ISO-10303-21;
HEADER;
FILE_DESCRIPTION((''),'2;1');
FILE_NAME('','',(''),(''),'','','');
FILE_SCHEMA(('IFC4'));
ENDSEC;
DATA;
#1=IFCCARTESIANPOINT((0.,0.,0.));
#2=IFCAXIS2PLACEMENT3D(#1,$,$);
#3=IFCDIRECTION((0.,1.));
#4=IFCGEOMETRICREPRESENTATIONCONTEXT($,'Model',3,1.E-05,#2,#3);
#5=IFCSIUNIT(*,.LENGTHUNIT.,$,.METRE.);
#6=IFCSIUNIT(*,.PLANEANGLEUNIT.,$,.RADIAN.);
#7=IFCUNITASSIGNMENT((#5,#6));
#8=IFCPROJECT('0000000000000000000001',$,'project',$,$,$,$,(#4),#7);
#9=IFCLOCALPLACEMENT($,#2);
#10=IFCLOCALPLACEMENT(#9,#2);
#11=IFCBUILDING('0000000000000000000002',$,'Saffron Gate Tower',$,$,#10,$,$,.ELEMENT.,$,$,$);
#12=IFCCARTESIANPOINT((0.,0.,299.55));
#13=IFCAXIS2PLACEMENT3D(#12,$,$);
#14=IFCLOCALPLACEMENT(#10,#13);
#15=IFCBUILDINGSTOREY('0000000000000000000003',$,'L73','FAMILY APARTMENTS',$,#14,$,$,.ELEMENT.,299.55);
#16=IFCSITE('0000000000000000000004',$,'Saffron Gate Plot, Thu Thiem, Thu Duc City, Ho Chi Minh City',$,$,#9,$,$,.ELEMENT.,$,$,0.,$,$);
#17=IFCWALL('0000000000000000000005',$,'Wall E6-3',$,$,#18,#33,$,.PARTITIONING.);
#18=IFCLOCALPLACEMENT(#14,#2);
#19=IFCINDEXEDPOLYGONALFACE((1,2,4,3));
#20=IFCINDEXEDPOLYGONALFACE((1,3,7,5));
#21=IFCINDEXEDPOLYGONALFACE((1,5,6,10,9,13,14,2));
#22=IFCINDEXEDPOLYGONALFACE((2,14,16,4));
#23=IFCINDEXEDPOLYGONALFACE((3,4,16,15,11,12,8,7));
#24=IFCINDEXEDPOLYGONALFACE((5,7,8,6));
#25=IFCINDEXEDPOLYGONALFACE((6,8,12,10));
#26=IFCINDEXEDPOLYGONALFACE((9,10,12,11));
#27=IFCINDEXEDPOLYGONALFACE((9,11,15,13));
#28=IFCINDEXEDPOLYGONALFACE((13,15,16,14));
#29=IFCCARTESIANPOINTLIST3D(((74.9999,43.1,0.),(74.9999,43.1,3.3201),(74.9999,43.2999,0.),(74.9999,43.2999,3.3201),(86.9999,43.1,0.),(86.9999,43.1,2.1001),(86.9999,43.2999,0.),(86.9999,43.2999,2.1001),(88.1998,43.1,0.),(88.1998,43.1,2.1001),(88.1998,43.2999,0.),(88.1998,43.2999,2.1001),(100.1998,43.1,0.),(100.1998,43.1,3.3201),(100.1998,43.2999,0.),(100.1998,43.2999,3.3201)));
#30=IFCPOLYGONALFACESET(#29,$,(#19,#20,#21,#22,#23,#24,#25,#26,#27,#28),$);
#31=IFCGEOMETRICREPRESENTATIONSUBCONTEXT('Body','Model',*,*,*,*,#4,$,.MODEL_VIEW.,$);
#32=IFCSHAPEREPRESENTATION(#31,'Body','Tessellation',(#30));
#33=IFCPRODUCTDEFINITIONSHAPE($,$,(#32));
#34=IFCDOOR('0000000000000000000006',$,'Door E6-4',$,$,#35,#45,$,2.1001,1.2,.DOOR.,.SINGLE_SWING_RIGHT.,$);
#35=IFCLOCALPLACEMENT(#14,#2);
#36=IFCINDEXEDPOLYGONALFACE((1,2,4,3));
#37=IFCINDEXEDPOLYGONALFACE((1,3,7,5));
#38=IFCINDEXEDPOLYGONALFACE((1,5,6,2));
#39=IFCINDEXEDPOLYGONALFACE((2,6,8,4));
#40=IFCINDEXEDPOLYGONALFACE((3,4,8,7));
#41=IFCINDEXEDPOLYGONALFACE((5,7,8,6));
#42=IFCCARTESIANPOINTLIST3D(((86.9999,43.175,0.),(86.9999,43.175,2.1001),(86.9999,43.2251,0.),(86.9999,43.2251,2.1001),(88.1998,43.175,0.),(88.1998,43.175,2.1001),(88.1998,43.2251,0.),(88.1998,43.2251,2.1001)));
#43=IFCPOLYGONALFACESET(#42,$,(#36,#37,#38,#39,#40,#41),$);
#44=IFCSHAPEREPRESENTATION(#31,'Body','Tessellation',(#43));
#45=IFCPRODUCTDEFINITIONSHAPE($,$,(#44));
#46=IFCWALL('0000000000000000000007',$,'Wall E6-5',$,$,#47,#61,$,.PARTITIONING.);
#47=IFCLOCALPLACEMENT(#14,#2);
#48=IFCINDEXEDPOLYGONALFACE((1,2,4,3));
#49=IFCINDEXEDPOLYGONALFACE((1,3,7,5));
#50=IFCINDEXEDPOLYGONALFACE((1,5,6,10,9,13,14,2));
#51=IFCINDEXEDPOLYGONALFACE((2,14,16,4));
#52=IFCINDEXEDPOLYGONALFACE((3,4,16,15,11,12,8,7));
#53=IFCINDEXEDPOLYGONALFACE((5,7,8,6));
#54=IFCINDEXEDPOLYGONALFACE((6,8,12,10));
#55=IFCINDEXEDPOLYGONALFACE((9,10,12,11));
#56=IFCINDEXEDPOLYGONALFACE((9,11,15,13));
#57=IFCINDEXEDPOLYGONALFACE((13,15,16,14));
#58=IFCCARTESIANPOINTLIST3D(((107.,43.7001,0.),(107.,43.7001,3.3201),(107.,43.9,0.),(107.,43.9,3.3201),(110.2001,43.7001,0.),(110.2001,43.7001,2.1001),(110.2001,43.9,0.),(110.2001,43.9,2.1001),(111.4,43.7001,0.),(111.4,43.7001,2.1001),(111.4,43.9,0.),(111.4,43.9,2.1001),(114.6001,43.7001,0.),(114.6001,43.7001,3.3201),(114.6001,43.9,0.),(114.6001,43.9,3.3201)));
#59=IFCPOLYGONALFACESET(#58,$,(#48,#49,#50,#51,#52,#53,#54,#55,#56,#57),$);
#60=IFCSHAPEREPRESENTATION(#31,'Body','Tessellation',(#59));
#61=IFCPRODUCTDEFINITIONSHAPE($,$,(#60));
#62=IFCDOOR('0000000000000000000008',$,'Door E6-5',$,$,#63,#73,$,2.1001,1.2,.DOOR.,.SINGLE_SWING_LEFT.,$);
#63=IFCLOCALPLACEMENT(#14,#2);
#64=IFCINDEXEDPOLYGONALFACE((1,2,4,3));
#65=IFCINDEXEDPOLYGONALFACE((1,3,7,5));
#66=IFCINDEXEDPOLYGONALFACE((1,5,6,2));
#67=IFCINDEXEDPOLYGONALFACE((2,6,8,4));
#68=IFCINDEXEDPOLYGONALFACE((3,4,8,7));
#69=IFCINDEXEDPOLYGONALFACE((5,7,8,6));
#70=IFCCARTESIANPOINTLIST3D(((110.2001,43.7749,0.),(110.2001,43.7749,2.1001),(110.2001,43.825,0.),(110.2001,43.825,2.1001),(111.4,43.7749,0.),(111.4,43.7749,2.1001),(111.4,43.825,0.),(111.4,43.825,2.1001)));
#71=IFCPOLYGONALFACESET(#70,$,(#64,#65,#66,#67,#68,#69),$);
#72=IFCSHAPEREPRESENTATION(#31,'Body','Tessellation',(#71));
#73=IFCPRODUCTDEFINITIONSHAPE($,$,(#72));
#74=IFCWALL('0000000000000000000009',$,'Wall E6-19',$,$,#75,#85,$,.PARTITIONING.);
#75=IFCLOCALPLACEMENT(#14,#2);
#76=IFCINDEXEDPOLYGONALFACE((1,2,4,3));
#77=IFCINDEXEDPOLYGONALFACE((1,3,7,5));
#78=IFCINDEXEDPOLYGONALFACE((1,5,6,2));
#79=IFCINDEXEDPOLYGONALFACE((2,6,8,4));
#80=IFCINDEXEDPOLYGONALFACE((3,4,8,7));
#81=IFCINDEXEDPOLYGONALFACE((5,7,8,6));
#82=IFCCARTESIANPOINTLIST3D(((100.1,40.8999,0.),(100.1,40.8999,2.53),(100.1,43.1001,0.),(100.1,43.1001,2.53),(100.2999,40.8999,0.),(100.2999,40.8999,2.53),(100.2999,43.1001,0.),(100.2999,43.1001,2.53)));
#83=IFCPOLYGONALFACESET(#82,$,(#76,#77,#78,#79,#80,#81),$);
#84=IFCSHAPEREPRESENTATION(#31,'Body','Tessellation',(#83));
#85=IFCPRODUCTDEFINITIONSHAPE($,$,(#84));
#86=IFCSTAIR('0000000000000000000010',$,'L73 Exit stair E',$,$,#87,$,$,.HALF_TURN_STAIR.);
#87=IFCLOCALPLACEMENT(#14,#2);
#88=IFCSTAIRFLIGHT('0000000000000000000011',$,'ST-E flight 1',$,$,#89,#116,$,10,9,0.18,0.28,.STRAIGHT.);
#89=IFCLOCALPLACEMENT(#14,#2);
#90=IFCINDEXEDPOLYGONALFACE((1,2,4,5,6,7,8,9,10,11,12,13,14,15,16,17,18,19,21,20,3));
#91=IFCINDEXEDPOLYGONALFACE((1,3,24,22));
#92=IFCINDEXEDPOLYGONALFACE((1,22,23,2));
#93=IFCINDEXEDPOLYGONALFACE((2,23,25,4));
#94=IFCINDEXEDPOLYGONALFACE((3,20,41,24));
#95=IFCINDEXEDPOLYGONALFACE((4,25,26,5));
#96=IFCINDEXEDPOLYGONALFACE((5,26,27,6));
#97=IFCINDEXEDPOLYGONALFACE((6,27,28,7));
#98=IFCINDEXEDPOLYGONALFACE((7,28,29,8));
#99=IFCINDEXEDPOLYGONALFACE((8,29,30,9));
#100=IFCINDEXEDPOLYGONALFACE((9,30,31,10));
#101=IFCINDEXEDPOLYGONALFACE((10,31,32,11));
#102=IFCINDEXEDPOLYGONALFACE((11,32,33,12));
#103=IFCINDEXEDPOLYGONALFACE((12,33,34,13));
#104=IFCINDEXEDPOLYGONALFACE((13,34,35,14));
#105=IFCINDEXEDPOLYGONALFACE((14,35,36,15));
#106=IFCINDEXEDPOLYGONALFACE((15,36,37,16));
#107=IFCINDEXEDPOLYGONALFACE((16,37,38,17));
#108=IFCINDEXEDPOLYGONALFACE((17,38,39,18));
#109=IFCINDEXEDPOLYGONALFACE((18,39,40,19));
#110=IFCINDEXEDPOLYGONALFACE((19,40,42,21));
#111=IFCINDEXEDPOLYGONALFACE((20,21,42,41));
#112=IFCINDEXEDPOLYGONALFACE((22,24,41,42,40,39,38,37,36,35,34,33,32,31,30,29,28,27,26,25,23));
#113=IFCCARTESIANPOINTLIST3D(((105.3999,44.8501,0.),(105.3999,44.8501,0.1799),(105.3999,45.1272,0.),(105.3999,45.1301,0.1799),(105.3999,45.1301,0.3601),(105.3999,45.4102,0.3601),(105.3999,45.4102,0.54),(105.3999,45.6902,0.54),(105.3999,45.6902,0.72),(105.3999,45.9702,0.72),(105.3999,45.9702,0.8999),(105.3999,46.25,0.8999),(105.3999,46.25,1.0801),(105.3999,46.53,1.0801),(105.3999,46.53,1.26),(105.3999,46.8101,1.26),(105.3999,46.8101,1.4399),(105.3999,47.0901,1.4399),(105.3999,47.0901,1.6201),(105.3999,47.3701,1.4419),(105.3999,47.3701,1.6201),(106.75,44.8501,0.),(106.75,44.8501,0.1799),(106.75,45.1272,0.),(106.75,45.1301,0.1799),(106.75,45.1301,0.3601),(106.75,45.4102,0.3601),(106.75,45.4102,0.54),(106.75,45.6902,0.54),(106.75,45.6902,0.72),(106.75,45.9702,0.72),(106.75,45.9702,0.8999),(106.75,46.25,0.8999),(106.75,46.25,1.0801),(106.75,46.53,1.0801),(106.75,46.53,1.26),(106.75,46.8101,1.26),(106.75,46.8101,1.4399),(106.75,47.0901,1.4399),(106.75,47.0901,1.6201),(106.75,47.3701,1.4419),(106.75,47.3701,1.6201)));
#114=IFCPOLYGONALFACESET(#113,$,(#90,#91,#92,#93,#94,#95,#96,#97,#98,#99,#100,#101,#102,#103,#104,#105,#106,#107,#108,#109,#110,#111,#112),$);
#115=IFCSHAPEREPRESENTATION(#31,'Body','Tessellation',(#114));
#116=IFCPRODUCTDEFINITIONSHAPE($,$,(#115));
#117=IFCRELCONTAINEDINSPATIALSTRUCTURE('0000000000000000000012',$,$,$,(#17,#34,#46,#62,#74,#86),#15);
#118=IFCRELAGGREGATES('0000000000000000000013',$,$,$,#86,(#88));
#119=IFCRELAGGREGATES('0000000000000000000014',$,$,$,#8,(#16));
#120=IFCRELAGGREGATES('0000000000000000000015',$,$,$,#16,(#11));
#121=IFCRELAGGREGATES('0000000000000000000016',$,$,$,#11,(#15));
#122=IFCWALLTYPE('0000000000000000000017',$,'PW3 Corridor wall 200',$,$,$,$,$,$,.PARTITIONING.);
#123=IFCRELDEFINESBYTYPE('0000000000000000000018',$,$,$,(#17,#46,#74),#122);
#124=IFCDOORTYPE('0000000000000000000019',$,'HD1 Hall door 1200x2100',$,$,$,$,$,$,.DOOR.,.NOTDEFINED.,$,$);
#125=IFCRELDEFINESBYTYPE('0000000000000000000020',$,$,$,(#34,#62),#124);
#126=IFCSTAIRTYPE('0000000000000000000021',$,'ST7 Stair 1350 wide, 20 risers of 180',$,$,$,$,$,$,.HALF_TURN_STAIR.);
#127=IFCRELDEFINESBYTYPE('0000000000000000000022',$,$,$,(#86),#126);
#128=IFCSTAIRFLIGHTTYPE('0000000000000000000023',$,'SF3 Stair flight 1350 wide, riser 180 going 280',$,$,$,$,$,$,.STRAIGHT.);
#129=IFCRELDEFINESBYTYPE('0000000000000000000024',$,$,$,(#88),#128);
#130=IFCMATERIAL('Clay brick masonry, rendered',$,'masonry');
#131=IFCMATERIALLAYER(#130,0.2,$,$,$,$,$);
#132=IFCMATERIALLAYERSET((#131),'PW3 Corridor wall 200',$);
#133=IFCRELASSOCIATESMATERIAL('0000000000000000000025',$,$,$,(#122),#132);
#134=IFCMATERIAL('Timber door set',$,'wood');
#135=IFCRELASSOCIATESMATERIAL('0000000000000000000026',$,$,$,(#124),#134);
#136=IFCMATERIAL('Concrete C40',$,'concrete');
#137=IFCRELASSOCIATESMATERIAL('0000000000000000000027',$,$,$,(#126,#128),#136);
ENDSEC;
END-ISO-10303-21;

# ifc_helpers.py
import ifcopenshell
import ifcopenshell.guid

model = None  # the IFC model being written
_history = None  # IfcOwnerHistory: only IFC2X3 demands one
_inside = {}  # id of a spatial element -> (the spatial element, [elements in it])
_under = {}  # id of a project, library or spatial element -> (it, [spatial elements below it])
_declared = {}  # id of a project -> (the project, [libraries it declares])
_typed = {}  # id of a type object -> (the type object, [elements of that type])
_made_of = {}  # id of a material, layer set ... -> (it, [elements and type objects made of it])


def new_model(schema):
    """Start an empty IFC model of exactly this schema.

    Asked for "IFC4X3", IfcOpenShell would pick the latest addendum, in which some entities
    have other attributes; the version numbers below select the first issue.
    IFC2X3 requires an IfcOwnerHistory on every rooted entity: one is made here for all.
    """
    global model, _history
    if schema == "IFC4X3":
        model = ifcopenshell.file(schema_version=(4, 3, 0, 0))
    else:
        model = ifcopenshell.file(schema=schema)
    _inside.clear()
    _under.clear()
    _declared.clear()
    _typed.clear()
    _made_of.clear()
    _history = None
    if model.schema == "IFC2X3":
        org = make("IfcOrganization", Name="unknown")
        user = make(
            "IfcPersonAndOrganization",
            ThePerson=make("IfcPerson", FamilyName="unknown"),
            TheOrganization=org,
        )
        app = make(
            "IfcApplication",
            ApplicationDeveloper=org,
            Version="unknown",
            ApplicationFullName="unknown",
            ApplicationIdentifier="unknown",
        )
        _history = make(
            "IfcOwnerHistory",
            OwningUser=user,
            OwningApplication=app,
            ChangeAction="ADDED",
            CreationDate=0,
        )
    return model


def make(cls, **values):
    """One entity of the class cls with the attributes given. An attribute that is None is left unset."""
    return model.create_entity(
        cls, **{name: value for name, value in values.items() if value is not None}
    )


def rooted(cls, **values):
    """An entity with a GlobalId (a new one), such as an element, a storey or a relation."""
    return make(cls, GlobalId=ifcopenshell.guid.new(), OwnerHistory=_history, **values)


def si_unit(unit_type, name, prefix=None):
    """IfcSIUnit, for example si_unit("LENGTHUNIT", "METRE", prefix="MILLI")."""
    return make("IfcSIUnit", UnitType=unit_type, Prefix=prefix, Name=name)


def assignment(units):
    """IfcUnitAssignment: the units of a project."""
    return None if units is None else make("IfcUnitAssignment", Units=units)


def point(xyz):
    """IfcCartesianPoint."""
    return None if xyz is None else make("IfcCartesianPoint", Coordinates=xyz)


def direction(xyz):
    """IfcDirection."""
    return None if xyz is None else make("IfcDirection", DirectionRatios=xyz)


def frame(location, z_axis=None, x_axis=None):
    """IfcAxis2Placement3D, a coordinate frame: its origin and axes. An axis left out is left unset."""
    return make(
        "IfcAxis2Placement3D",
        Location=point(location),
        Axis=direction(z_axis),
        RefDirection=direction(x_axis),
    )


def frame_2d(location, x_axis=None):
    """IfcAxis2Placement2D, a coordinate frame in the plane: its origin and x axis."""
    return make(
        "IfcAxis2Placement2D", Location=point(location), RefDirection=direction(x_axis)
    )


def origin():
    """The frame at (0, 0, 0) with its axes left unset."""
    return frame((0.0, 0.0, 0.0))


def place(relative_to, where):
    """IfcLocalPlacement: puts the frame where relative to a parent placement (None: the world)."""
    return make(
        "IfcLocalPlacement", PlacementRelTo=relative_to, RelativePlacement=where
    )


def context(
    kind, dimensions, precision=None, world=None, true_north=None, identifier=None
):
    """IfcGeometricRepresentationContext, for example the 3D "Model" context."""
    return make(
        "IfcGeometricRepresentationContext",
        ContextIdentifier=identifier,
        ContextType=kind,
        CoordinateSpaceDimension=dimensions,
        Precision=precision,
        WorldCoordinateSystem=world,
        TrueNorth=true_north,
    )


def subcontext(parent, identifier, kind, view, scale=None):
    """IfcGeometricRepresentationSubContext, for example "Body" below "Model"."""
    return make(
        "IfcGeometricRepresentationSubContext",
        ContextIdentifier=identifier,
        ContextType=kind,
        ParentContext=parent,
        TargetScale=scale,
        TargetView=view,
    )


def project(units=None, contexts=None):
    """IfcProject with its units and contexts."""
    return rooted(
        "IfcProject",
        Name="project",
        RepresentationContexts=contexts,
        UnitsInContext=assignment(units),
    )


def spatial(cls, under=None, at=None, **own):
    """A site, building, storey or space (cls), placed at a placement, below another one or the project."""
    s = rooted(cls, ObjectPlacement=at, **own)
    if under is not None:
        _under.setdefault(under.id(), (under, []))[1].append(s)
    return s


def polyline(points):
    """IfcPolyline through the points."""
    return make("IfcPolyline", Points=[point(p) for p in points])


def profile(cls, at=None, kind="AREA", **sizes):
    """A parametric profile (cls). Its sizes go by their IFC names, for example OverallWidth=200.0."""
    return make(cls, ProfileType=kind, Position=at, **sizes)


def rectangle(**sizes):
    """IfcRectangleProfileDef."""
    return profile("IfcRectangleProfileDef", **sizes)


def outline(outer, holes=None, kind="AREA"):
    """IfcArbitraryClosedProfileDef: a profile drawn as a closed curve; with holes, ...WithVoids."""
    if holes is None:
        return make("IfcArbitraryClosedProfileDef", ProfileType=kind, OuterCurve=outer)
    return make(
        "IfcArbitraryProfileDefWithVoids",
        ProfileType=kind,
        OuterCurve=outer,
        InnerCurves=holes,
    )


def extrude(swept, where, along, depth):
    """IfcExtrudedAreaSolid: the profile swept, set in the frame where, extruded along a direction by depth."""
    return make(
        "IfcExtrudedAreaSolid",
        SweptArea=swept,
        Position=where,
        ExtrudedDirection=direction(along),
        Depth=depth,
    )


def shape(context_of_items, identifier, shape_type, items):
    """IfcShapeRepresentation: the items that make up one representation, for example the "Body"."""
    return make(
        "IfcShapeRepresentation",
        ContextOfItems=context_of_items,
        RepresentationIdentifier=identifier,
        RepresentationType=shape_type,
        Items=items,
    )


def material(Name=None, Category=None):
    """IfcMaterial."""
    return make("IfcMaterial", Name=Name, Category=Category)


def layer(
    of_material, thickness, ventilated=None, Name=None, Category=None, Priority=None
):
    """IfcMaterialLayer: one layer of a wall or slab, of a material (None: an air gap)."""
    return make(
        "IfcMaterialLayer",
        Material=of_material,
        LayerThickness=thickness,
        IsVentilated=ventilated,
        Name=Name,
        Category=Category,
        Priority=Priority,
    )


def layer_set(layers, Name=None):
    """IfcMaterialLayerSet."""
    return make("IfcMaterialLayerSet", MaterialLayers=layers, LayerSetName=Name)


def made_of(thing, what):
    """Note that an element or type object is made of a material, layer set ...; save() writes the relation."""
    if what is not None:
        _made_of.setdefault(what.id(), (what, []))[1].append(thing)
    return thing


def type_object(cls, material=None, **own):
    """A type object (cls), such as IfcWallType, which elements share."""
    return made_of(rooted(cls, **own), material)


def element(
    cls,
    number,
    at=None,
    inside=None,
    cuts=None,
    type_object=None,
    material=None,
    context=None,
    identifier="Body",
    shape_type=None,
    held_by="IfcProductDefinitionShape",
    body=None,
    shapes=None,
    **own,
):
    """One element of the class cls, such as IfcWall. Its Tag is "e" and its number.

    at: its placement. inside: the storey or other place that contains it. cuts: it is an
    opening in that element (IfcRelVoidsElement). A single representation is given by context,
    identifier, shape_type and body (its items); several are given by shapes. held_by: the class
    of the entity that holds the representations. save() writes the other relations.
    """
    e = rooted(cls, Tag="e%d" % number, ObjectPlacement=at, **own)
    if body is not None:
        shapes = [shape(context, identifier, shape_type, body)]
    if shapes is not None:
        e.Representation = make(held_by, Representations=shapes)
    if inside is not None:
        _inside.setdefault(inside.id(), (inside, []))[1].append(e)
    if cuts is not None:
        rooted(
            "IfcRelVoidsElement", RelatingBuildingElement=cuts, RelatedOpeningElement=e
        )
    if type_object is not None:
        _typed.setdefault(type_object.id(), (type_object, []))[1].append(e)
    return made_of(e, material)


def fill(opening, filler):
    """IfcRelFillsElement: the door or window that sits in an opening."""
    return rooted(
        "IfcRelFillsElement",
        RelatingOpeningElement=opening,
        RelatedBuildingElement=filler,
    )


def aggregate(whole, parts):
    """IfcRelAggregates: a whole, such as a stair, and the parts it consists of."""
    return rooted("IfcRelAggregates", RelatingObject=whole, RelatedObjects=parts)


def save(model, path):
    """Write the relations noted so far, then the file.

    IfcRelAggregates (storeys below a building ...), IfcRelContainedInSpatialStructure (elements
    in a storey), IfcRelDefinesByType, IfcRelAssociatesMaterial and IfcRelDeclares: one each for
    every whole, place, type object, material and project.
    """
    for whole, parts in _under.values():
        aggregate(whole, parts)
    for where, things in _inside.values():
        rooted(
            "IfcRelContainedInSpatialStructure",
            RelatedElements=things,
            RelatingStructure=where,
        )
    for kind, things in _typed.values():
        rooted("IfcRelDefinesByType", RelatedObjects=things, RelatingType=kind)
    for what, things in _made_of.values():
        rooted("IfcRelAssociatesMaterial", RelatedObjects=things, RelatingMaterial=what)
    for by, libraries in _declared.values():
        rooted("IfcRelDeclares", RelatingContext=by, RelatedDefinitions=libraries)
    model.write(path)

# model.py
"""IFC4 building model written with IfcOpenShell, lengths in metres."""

from ifc_helpers import new_model, si_unit, direction, frame, frame_2d, origin, place, context, subcontext, project, spatial, polyline, rectangle, outline, extrude, material, layer, layer_set, type_object, element, fill, aggregate, save


model = new_model("IFC4")

# Units and contexts
model_context = context("Model", 3, precision=1e-05, world=origin(), true_north=direction((0.0, 1.0)))
body_context = subcontext(model_context, "Body", "Model", "MODEL_VIEW")
ifc_project = project(units=[si_unit("LENGTHUNIT", "METRE"), si_unit("PLANEANGLEUNIT", "RADIAN")], contexts=[model_context])

# Site, building, storey
site_placement = place(None, origin())
site = spatial("IfcSite", under=ifc_project, at=site_placement, Name="Saffron Gate Plot, Thu Thiem, Thu Duc City, Ho Chi Minh City", CompositionType="ELEMENT", RefElevation=0.0)
building_placement = place(site_placement, origin())
building = spatial("IfcBuilding", under=site, at=building_placement, Name="Saffron Gate Tower", CompositionType="ELEMENT")
storey_placement = place(building_placement, frame((0.0, 0.0, 299.55)))
storey = spatial("IfcBuildingStorey", under=building, at=storey_placement, Name="L73", Description="FAMILY APARTMENTS", CompositionType="ELEMENT", Elevation=299.55)

# Walls, openings, doors
ifc_material_1 = material(Name="Clay brick masonry, rendered", Category="masonry")
ifc_layer_1 = layer(ifc_material_1, 0.2)
ifc_layer_set_1 = layer_set([ifc_layer_1], Name="PW3 Corridor wall 200")
wall_type_1 = type_object("IfcWallType", Name="PW3 Corridor wall 200", PredefinedType="PARTITIONING", material=ifc_layer_set_1)
wall_1_placement = place(storey_placement, frame((100.2, 43.2, 0.0), z_axis=(0.0, 0.0, 1.0), x_axis=(-1.0, 0.0, 0.0)))
wall_1 = element("IfcWall", 1, at=wall_1_placement, inside=storey, type_object=wall_type_1, Name="Wall E6-3", PredefinedType="PARTITIONING", context=body_context, shape_type="SweptSolid", body=[
    extrude(rectangle(XDim=25.2, YDim=0.2, at=frame_2d((12.6001, 0.0))), origin(), (0.0, 0.0, 1.0), 3.3201),
])
opening_1_placement = place(wall_1_placement, frame((12.0, 0.0, 0.0)))
opening_1 = element("IfcOpeningElement", 2, at=opening_1_placement, cuts=wall_1, PredefinedType="OPENING", context=body_context, shape_type="SweptSolid", body=[
    extrude(rectangle(XDim=1.2, YDim=2.1001, at=frame_2d((0.6001, 1.05))), frame((0.0, 0.1099, 0.0), z_axis=(0.0, -1.0, 0.0), x_axis=(1.0, 0.0, 0.0)), (0.0, 0.0, 1.0), 0.22),
])
ifc_material_2 = material(Name="Timber door set", Category="wood")
door_type_1 = type_object("IfcDoorType", Name="HD1 Hall door 1200x2100", OperationType="NOTDEFINED", PredefinedType="DOOR", material=ifc_material_2)
door_1_placement = place(opening_1_placement, origin())
door_1 = element("IfcDoor", 3, at=door_1_placement, inside=storey, type_object=door_type_1, Name="Door E6-4", OperationType="SINGLE_SWING_RIGHT", OverallHeight=2.1001, OverallWidth=1.2, PredefinedType="DOOR", context=body_context, shape_type="SweptSolid", body=[
    extrude(rectangle(XDim=1.2, YDim=2.1001, at=frame_2d((0.6001, 1.05))), frame((0.0, 0.0249, 0.0), z_axis=(0.0, -1.0, 0.0), x_axis=(1.0, 0.0, 0.0)), (0.0, 0.0, 1.0), 0.05),
])
fill(opening_1, door_1)
wall_2_placement = place(storey_placement, frame((107.0, 43.8, 0.0), z_axis=(0.0, 0.0, 1.0), x_axis=(1.0, 0.0, 0.0)))
wall_2 = element("IfcWall", 4, at=wall_2_placement, inside=storey, type_object=wall_type_1, Name="Wall E6-5", PredefinedType="PARTITIONING", context=body_context, shape_type="SweptSolid", body=[
    extrude(rectangle(XDim=7.6001, YDim=0.2, at=frame_2d((3.8, 0.0))), origin(), (0.0, 0.0, 1.0), 3.3201),
])
opening_2_placement = place(wall_2_placement, frame((3.2, 0.0, 0.0)))
opening_2 = element("IfcOpeningElement", 5, at=opening_2_placement, cuts=wall_2, PredefinedType="OPENING", context=body_context, shape_type="SweptSolid", body=[
    extrude(rectangle(XDim=1.2, YDim=2.1001, at=frame_2d((0.6001, 1.05))), frame((0.0, 0.1099, 0.0), z_axis=(0.0, -1.0, 0.0), x_axis=(1.0, 0.0, 0.0)), (0.0, 0.0, 1.0), 0.22),
])
door_2_placement = place(opening_2_placement, origin())
door_2 = element("IfcDoor", 6, at=door_2_placement, inside=storey, type_object=door_type_1, Name="Door E6-5", OperationType="SINGLE_SWING_LEFT", OverallHeight=2.1001, OverallWidth=1.2, PredefinedType="DOOR", context=body_context, shape_type="SweptSolid", body=[
    extrude(rectangle(XDim=1.2, YDim=2.1001, at=frame_2d((0.6001, 1.05))), frame((0.0, 0.0249, 0.0), z_axis=(0.0, -1.0, 0.0), x_axis=(1.0, 0.0, 0.0)), (0.0, 0.0, 1.0), 0.05),
])
fill(opening_2, door_2)

# Wall
wall_3_placement = place(storey_placement, frame((100.2, 43.1001, 0.0), z_axis=(0.0, 0.0, 1.0), x_axis=(0.0, -1.0, 0.0)))
element("IfcWall", 7, at=wall_3_placement, inside=storey, type_object=wall_type_1, Name="Wall E6-19", PredefinedType="PARTITIONING", context=body_context, shape_type="SweptSolid", body=[
    extrude(rectangle(XDim=2.2002, YDim=0.2, at=frame_2d((1.1001, 0.0))), origin(), (0.0, 0.0, 1.0), 2.53),
])

# Stair, stair flight
ifc_material_3 = material(Name="Concrete C40", Category="concrete")
stair_type = type_object("IfcStairType", Name="ST7 Stair 1350 wide, 20 risers of 180", PredefinedType="HALF_TURN_STAIR", material=ifc_material_3)
stair_placement = place(storey_placement, origin())
stair = element("IfcStair", 8, at=stair_placement, inside=storey, type_object=stair_type, Name="L73 Exit stair E", PredefinedType="HALF_TURN_STAIR")
stair_flight_type = type_object("IfcStairFlightType", Name="SF3 Stair flight 1350 wide, riser 180 going 280", PredefinedType="STRAIGHT", material=ifc_material_3)
stair_flight_placement = place(storey_placement, frame((106.075, 44.8501, 0.0), z_axis=(0.0, 0.0, 1.0), x_axis=(0.0, 1.0, 0.0)))
stair_flight = element("IfcStairFlight", 9, at=stair_flight_placement, type_object=stair_flight_type, Name="ST-E flight 1", NumberOfRisers=10, NumberOfTreads=9, PredefinedType="STRAIGHT", RiserHeight=0.18, TreadLength=0.28, context=body_context, shape_type="SweptSolid", body=[
    extrude(outline(polyline([(0.0, 0.0), (0.0, 0.1799), (0.28, 0.1799), (0.28, 0.3601), (0.5601, 0.3601), (0.5601, 0.54), (0.8401, 0.54), (0.8401, 0.72), (1.1201, 0.72), (1.1201, 0.8999), (1.3999, 0.8999), (1.3999, 1.0801), (1.6799, 1.0801), (1.6799, 1.26), (1.96, 1.26), (1.96, 1.4399), (2.24, 1.4399), (2.24, 1.6201), (2.52, 1.6201), (2.52, 1.8), (2.52, 1.4419), (0.2771, 0.0), (0.0, 0.0)])), frame((0.0, 0.675, 0.0), z_axis=(0.0, -1.0, 0.0), x_axis=(1.0, 0.0, 0.0)), (0.0, 0.0, 1.0), 1.3501),
])
aggregate(stair, [stair_flight])

save(model, "model.ifc")
